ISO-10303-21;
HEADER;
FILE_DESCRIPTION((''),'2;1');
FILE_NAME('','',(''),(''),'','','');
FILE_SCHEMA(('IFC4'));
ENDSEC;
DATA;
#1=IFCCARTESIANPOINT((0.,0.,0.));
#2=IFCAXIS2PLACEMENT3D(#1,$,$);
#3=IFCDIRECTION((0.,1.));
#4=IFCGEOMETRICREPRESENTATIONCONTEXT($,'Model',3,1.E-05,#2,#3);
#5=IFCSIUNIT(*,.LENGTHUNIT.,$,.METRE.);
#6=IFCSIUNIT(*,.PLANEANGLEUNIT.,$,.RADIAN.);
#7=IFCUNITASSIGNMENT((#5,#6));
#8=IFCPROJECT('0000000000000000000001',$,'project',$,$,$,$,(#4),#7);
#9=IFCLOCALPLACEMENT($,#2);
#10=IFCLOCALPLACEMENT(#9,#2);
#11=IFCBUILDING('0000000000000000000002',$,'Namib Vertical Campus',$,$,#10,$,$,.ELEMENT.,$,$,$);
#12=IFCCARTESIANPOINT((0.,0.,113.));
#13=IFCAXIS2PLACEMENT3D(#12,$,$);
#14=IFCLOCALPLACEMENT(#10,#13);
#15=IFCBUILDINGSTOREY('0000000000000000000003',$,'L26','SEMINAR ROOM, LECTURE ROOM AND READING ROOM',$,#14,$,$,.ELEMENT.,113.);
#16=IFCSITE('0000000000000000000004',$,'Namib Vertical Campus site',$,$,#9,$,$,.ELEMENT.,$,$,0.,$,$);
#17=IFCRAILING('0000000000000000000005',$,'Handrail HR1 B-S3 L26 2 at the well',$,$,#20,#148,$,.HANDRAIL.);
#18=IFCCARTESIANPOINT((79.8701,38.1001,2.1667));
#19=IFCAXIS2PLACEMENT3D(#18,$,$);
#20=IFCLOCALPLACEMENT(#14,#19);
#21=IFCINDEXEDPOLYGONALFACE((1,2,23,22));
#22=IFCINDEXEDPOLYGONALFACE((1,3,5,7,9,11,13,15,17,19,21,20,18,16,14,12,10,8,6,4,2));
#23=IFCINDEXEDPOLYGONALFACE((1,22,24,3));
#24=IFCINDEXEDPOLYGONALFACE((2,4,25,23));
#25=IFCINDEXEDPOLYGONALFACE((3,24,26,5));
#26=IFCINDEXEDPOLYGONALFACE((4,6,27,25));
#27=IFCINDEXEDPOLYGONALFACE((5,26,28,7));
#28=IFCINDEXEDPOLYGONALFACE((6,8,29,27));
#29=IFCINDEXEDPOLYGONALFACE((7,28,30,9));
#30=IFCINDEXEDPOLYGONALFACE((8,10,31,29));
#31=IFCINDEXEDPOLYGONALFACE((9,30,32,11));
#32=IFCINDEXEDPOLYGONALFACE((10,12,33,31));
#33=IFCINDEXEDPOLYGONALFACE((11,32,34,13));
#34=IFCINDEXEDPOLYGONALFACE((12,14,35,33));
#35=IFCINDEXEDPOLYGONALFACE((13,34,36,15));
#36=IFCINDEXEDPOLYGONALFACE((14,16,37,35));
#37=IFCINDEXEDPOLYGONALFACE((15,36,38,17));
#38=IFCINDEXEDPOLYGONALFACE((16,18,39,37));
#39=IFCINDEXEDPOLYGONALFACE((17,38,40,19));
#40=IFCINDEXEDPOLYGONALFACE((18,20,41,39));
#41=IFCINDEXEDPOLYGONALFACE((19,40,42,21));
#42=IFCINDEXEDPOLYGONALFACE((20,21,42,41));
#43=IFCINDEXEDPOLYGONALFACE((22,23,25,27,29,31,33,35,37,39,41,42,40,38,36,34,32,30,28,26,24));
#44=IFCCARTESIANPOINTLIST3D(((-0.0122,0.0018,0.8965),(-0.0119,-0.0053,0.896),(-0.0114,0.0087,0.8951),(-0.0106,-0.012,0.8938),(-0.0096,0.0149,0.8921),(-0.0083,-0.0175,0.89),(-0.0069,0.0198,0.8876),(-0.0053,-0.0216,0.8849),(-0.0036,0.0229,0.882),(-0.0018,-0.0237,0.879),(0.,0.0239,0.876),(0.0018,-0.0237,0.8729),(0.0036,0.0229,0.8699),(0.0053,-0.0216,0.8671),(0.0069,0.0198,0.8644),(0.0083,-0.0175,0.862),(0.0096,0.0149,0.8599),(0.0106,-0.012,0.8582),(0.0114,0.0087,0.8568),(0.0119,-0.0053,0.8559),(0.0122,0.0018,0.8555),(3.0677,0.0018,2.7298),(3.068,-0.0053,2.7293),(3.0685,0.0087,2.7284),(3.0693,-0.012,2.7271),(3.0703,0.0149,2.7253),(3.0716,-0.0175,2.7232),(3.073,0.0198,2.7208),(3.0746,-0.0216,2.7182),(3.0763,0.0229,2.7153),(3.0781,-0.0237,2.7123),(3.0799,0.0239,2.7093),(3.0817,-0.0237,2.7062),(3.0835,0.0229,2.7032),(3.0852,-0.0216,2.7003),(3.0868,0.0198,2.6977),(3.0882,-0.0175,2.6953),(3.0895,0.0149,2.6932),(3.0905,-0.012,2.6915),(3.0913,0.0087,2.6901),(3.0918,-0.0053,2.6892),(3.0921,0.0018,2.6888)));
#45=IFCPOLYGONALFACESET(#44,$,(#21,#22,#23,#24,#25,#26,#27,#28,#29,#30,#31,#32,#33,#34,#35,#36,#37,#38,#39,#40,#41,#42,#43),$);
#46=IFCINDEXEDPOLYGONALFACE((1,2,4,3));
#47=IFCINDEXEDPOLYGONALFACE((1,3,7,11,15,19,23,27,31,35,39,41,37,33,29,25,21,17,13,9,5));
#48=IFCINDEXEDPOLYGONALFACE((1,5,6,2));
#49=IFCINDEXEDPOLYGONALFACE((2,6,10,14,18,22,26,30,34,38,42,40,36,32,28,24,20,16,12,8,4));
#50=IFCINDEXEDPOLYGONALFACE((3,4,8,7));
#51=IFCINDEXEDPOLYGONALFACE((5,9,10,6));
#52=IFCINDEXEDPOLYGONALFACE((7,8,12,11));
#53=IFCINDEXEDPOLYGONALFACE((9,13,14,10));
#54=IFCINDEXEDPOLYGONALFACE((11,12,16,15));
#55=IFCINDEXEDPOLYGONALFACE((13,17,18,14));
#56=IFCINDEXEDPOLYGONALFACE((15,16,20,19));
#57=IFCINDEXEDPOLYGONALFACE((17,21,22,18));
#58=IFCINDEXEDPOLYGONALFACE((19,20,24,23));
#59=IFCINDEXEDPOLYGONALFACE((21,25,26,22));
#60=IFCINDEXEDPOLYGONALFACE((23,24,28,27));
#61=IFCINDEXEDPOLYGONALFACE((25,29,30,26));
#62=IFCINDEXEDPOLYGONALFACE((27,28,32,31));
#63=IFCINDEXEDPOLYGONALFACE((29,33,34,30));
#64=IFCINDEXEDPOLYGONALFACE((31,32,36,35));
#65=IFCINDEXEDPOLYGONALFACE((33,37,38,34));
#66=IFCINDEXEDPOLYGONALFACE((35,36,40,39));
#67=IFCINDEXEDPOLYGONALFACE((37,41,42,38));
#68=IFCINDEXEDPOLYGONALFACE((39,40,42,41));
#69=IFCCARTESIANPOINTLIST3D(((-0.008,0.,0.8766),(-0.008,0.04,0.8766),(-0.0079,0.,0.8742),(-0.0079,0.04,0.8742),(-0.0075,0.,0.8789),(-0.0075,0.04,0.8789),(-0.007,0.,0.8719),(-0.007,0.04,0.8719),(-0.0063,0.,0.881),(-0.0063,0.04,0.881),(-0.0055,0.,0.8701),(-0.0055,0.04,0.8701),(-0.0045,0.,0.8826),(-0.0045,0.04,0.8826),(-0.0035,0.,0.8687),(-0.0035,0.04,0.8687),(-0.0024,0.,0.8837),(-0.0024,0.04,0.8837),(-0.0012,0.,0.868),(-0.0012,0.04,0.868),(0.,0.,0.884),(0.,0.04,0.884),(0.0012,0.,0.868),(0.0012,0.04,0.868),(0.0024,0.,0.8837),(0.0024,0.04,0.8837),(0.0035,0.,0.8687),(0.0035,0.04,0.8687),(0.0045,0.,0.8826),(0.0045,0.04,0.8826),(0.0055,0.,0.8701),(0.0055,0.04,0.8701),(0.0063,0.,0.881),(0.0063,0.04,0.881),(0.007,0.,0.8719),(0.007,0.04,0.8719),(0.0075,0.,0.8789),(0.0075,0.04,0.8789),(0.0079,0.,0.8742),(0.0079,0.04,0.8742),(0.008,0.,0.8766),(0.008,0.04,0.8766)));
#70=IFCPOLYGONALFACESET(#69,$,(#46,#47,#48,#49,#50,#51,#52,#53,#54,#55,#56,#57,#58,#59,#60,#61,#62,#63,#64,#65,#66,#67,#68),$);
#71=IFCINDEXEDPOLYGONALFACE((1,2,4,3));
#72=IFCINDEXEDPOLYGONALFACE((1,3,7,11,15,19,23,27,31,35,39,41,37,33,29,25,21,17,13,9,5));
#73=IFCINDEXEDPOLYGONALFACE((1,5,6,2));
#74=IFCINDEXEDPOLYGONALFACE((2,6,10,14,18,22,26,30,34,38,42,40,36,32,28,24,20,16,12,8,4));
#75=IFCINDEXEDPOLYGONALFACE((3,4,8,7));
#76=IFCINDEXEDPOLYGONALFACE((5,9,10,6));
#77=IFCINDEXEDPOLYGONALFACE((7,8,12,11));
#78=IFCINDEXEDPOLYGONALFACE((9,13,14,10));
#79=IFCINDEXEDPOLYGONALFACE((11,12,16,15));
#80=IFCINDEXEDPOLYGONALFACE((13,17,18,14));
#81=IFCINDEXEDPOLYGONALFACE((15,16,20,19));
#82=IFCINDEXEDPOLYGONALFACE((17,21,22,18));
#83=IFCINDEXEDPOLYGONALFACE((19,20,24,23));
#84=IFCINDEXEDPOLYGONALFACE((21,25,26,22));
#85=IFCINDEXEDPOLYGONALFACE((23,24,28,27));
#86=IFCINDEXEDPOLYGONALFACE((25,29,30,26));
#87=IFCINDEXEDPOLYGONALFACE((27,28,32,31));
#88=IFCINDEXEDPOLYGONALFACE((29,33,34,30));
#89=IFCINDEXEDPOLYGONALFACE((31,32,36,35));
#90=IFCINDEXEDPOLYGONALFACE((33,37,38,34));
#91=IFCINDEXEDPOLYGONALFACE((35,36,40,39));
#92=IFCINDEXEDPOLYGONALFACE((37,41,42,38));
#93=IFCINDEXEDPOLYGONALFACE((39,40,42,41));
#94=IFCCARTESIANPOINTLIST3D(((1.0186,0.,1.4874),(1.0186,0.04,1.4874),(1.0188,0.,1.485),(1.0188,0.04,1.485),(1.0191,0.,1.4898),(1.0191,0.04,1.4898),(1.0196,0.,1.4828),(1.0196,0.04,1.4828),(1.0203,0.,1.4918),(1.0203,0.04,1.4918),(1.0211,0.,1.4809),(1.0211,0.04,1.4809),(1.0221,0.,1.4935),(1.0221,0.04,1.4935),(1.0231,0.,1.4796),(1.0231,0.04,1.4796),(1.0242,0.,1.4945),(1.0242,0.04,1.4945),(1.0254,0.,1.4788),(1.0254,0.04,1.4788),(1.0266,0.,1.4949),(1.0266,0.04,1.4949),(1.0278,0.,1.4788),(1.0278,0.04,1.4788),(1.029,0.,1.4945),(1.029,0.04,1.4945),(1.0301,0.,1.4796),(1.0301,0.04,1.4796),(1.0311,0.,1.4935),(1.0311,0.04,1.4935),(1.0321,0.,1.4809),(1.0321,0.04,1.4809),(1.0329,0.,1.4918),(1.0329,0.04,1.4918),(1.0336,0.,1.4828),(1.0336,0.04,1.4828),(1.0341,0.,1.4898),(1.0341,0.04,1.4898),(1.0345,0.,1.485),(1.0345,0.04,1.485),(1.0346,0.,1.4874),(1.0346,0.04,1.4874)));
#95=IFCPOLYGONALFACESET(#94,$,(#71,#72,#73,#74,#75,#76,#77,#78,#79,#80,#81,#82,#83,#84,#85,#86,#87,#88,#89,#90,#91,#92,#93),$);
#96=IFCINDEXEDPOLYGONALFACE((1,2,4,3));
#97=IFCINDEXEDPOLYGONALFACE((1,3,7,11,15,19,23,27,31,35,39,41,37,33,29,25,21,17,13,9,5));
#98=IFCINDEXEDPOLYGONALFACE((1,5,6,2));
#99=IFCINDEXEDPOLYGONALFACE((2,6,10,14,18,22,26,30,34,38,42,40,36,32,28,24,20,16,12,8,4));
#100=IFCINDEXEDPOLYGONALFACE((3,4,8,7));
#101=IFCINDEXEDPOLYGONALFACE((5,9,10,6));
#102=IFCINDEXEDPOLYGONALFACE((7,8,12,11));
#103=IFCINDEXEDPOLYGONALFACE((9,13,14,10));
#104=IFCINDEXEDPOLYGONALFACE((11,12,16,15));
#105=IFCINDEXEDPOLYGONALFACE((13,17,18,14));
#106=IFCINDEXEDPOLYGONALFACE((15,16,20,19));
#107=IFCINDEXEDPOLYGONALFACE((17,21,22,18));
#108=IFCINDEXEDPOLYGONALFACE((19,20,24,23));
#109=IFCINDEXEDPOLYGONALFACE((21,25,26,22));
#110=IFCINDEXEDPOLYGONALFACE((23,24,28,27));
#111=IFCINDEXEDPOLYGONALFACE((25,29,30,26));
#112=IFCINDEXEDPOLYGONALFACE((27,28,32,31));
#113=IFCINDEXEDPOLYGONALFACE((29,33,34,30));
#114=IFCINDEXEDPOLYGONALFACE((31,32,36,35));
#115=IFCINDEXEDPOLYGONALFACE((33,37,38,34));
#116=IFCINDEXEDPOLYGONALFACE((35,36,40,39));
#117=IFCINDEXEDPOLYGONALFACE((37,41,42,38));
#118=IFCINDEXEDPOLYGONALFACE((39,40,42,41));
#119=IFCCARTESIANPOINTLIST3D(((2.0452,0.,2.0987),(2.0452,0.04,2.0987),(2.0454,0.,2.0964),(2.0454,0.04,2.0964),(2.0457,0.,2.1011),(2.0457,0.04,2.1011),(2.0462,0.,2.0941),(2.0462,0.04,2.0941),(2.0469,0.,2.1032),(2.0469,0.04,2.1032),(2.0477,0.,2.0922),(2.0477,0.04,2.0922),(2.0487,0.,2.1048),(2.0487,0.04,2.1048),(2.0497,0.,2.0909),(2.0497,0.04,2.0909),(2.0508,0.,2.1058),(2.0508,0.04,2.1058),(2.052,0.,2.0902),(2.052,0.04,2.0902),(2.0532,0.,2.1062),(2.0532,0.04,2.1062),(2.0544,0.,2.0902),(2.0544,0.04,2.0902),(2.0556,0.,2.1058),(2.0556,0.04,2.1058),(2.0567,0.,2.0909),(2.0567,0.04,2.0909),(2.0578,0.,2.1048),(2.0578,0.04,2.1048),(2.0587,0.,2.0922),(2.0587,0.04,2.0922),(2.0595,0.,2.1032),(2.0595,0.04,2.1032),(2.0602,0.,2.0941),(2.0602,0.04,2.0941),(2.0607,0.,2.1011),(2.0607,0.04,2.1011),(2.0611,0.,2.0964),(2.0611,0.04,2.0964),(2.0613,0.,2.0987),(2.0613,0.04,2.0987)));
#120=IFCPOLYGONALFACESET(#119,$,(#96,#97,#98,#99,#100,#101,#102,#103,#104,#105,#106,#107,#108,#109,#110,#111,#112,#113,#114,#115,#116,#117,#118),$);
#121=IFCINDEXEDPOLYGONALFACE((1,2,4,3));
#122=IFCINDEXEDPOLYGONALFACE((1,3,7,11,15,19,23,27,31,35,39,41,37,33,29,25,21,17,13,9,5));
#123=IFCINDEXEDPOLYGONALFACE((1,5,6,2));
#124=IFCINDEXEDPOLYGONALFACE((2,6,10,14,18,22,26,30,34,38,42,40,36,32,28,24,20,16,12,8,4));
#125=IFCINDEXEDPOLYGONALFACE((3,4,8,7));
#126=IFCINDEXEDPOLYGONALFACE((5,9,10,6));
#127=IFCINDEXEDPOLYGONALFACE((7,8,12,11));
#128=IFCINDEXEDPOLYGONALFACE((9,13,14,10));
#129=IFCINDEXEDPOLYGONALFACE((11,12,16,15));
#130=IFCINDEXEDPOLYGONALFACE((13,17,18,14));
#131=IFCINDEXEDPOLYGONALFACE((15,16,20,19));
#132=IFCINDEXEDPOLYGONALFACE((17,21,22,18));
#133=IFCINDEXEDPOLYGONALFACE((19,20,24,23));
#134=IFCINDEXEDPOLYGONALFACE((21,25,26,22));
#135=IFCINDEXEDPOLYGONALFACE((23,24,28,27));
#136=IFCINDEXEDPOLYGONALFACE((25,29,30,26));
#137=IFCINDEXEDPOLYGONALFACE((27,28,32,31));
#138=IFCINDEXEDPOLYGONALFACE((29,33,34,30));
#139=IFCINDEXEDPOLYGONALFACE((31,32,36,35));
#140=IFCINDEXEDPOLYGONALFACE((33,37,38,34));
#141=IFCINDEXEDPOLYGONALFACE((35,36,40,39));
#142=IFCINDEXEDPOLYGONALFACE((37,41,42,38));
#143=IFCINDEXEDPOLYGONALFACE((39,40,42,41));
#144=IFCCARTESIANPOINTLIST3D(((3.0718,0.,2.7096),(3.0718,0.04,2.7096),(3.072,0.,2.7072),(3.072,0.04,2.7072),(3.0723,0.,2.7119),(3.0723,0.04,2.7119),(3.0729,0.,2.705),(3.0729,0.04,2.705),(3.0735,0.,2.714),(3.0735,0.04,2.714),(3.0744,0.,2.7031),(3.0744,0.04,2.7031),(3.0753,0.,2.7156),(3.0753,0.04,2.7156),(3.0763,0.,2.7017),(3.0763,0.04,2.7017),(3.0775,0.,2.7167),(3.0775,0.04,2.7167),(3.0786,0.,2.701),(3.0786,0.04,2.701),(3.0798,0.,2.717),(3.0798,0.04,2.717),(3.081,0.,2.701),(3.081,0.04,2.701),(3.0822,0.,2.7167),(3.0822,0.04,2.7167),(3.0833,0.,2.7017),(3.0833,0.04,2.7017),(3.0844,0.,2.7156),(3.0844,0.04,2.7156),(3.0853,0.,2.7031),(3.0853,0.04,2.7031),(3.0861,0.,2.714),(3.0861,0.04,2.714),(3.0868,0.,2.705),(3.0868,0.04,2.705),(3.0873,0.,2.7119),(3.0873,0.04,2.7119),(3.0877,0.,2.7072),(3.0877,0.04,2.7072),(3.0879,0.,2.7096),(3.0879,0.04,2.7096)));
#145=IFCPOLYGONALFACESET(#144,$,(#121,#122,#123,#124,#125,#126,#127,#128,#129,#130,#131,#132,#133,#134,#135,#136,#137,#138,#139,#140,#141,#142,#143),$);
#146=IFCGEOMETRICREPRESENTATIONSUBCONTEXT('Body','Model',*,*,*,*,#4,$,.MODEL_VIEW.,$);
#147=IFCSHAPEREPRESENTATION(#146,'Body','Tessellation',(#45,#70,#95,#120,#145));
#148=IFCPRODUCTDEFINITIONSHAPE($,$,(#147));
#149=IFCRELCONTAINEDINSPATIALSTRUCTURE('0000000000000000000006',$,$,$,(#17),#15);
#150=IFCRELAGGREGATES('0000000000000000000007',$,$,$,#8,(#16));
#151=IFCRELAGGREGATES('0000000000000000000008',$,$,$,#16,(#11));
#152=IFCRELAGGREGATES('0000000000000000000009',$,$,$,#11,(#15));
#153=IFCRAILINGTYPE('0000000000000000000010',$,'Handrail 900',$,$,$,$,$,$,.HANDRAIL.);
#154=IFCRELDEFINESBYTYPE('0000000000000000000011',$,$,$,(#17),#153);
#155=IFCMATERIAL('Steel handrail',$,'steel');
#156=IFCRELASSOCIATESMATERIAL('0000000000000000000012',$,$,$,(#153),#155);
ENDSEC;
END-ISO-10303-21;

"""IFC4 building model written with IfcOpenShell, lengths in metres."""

from ifc_helpers import new_model, si_unit, direction, frame, origin, origin_2d, place, context, subcontext, project, spatial, circle, extrude, material, type_object, element, save


model = new_model("IFC4")

# Units and contexts
model_context = context("Model", 3, precision=1e-05, world=origin(), true_north=direction((0.0, 1.0)))
body_context = subcontext(model_context, "Body", "Model", "MODEL_VIEW")
ifc_project = project(units=[si_unit("LENGTHUNIT", "METRE"), si_unit("PLANEANGLEUNIT", "RADIAN")], contexts=[model_context])

# Site, building, storey
site_placement = place(None, origin())
site = spatial("IfcSite", under=ifc_project, at=site_placement, Name="Namib Vertical Campus site", CompositionType="ELEMENT", RefElevation=0.0)
building_placement = place(site_placement, origin())
building = spatial("IfcBuilding", under=site, at=building_placement, Name="Namib Vertical Campus", CompositionType="ELEMENT")
storey_placement = place(building_placement, frame((0.0, 0.0, 113.0)))
storey = spatial("IfcBuildingStorey", under=building, at=storey_placement, Name="L26", Description="SEMINAR ROOM, LECTURE ROOM AND READING ROOM", CompositionType="ELEMENT", Elevation=113.0)

# Railing
ifc_material_1 = material(Name="Steel handrail", Category="steel")
railing_type_1 = type_object("IfcRailingType", Name="Handrail 900", PredefinedType="HANDRAIL", material=ifc_material_1)
railing_1_placement = place(storey_placement, frame((79.8701, 38.1001, 2.1667)))
element("IfcRailing", 1, at=railing_1_placement, inside=storey, type_object=railing_type_1, Name="Handrail HR1 B-S3 L26 2 at the well", PredefinedType="HANDRAIL", context=body_context, shape_type="SweptSolid", body=[
    extrude(circle(Radius=0.0239, at=origin_2d()), frame((0.0, 0.0, 0.876), z_axis=(0.859291, 0.0, 0.511487), x_axis=(0.0, 1.0, 0.0)), (0.0, 0.0, 1.0), 3.5842),
    extrude(circle(Radius=0.0081, at=origin_2d()), frame((0.0, 0.0, 0.876), z_axis=(0.0, 1.0, 0.0), x_axis=(0.0, 0.0, 1.0)), (0.0, 0.0, 1.0), 0.04),
    extrude(circle(Radius=0.0081, at=origin_2d()), frame((1.0266, 0.0, 1.4868), z_axis=(0.0, 1.0, 0.0), x_axis=(0.0, 0.0, 1.0)), (0.0, 0.0, 1.0), 0.04),
    extrude(circle(Radius=0.0081, at=origin_2d()), frame((2.0532, 0.0, 2.0981), z_axis=(0.0, 1.0, 0.0), x_axis=(0.0, 0.0, 1.0)), (0.0, 0.0, 1.0), 0.04),
    extrude(circle(Radius=0.0081, at=origin_2d()), frame((3.0798, 0.0, 2.709), z_axis=(0.0, 1.0, 0.0), x_axis=(0.0, 0.0, 1.0)), (0.0, 0.0, 1.0), 0.04),
])

save(model, "model.ifc")
